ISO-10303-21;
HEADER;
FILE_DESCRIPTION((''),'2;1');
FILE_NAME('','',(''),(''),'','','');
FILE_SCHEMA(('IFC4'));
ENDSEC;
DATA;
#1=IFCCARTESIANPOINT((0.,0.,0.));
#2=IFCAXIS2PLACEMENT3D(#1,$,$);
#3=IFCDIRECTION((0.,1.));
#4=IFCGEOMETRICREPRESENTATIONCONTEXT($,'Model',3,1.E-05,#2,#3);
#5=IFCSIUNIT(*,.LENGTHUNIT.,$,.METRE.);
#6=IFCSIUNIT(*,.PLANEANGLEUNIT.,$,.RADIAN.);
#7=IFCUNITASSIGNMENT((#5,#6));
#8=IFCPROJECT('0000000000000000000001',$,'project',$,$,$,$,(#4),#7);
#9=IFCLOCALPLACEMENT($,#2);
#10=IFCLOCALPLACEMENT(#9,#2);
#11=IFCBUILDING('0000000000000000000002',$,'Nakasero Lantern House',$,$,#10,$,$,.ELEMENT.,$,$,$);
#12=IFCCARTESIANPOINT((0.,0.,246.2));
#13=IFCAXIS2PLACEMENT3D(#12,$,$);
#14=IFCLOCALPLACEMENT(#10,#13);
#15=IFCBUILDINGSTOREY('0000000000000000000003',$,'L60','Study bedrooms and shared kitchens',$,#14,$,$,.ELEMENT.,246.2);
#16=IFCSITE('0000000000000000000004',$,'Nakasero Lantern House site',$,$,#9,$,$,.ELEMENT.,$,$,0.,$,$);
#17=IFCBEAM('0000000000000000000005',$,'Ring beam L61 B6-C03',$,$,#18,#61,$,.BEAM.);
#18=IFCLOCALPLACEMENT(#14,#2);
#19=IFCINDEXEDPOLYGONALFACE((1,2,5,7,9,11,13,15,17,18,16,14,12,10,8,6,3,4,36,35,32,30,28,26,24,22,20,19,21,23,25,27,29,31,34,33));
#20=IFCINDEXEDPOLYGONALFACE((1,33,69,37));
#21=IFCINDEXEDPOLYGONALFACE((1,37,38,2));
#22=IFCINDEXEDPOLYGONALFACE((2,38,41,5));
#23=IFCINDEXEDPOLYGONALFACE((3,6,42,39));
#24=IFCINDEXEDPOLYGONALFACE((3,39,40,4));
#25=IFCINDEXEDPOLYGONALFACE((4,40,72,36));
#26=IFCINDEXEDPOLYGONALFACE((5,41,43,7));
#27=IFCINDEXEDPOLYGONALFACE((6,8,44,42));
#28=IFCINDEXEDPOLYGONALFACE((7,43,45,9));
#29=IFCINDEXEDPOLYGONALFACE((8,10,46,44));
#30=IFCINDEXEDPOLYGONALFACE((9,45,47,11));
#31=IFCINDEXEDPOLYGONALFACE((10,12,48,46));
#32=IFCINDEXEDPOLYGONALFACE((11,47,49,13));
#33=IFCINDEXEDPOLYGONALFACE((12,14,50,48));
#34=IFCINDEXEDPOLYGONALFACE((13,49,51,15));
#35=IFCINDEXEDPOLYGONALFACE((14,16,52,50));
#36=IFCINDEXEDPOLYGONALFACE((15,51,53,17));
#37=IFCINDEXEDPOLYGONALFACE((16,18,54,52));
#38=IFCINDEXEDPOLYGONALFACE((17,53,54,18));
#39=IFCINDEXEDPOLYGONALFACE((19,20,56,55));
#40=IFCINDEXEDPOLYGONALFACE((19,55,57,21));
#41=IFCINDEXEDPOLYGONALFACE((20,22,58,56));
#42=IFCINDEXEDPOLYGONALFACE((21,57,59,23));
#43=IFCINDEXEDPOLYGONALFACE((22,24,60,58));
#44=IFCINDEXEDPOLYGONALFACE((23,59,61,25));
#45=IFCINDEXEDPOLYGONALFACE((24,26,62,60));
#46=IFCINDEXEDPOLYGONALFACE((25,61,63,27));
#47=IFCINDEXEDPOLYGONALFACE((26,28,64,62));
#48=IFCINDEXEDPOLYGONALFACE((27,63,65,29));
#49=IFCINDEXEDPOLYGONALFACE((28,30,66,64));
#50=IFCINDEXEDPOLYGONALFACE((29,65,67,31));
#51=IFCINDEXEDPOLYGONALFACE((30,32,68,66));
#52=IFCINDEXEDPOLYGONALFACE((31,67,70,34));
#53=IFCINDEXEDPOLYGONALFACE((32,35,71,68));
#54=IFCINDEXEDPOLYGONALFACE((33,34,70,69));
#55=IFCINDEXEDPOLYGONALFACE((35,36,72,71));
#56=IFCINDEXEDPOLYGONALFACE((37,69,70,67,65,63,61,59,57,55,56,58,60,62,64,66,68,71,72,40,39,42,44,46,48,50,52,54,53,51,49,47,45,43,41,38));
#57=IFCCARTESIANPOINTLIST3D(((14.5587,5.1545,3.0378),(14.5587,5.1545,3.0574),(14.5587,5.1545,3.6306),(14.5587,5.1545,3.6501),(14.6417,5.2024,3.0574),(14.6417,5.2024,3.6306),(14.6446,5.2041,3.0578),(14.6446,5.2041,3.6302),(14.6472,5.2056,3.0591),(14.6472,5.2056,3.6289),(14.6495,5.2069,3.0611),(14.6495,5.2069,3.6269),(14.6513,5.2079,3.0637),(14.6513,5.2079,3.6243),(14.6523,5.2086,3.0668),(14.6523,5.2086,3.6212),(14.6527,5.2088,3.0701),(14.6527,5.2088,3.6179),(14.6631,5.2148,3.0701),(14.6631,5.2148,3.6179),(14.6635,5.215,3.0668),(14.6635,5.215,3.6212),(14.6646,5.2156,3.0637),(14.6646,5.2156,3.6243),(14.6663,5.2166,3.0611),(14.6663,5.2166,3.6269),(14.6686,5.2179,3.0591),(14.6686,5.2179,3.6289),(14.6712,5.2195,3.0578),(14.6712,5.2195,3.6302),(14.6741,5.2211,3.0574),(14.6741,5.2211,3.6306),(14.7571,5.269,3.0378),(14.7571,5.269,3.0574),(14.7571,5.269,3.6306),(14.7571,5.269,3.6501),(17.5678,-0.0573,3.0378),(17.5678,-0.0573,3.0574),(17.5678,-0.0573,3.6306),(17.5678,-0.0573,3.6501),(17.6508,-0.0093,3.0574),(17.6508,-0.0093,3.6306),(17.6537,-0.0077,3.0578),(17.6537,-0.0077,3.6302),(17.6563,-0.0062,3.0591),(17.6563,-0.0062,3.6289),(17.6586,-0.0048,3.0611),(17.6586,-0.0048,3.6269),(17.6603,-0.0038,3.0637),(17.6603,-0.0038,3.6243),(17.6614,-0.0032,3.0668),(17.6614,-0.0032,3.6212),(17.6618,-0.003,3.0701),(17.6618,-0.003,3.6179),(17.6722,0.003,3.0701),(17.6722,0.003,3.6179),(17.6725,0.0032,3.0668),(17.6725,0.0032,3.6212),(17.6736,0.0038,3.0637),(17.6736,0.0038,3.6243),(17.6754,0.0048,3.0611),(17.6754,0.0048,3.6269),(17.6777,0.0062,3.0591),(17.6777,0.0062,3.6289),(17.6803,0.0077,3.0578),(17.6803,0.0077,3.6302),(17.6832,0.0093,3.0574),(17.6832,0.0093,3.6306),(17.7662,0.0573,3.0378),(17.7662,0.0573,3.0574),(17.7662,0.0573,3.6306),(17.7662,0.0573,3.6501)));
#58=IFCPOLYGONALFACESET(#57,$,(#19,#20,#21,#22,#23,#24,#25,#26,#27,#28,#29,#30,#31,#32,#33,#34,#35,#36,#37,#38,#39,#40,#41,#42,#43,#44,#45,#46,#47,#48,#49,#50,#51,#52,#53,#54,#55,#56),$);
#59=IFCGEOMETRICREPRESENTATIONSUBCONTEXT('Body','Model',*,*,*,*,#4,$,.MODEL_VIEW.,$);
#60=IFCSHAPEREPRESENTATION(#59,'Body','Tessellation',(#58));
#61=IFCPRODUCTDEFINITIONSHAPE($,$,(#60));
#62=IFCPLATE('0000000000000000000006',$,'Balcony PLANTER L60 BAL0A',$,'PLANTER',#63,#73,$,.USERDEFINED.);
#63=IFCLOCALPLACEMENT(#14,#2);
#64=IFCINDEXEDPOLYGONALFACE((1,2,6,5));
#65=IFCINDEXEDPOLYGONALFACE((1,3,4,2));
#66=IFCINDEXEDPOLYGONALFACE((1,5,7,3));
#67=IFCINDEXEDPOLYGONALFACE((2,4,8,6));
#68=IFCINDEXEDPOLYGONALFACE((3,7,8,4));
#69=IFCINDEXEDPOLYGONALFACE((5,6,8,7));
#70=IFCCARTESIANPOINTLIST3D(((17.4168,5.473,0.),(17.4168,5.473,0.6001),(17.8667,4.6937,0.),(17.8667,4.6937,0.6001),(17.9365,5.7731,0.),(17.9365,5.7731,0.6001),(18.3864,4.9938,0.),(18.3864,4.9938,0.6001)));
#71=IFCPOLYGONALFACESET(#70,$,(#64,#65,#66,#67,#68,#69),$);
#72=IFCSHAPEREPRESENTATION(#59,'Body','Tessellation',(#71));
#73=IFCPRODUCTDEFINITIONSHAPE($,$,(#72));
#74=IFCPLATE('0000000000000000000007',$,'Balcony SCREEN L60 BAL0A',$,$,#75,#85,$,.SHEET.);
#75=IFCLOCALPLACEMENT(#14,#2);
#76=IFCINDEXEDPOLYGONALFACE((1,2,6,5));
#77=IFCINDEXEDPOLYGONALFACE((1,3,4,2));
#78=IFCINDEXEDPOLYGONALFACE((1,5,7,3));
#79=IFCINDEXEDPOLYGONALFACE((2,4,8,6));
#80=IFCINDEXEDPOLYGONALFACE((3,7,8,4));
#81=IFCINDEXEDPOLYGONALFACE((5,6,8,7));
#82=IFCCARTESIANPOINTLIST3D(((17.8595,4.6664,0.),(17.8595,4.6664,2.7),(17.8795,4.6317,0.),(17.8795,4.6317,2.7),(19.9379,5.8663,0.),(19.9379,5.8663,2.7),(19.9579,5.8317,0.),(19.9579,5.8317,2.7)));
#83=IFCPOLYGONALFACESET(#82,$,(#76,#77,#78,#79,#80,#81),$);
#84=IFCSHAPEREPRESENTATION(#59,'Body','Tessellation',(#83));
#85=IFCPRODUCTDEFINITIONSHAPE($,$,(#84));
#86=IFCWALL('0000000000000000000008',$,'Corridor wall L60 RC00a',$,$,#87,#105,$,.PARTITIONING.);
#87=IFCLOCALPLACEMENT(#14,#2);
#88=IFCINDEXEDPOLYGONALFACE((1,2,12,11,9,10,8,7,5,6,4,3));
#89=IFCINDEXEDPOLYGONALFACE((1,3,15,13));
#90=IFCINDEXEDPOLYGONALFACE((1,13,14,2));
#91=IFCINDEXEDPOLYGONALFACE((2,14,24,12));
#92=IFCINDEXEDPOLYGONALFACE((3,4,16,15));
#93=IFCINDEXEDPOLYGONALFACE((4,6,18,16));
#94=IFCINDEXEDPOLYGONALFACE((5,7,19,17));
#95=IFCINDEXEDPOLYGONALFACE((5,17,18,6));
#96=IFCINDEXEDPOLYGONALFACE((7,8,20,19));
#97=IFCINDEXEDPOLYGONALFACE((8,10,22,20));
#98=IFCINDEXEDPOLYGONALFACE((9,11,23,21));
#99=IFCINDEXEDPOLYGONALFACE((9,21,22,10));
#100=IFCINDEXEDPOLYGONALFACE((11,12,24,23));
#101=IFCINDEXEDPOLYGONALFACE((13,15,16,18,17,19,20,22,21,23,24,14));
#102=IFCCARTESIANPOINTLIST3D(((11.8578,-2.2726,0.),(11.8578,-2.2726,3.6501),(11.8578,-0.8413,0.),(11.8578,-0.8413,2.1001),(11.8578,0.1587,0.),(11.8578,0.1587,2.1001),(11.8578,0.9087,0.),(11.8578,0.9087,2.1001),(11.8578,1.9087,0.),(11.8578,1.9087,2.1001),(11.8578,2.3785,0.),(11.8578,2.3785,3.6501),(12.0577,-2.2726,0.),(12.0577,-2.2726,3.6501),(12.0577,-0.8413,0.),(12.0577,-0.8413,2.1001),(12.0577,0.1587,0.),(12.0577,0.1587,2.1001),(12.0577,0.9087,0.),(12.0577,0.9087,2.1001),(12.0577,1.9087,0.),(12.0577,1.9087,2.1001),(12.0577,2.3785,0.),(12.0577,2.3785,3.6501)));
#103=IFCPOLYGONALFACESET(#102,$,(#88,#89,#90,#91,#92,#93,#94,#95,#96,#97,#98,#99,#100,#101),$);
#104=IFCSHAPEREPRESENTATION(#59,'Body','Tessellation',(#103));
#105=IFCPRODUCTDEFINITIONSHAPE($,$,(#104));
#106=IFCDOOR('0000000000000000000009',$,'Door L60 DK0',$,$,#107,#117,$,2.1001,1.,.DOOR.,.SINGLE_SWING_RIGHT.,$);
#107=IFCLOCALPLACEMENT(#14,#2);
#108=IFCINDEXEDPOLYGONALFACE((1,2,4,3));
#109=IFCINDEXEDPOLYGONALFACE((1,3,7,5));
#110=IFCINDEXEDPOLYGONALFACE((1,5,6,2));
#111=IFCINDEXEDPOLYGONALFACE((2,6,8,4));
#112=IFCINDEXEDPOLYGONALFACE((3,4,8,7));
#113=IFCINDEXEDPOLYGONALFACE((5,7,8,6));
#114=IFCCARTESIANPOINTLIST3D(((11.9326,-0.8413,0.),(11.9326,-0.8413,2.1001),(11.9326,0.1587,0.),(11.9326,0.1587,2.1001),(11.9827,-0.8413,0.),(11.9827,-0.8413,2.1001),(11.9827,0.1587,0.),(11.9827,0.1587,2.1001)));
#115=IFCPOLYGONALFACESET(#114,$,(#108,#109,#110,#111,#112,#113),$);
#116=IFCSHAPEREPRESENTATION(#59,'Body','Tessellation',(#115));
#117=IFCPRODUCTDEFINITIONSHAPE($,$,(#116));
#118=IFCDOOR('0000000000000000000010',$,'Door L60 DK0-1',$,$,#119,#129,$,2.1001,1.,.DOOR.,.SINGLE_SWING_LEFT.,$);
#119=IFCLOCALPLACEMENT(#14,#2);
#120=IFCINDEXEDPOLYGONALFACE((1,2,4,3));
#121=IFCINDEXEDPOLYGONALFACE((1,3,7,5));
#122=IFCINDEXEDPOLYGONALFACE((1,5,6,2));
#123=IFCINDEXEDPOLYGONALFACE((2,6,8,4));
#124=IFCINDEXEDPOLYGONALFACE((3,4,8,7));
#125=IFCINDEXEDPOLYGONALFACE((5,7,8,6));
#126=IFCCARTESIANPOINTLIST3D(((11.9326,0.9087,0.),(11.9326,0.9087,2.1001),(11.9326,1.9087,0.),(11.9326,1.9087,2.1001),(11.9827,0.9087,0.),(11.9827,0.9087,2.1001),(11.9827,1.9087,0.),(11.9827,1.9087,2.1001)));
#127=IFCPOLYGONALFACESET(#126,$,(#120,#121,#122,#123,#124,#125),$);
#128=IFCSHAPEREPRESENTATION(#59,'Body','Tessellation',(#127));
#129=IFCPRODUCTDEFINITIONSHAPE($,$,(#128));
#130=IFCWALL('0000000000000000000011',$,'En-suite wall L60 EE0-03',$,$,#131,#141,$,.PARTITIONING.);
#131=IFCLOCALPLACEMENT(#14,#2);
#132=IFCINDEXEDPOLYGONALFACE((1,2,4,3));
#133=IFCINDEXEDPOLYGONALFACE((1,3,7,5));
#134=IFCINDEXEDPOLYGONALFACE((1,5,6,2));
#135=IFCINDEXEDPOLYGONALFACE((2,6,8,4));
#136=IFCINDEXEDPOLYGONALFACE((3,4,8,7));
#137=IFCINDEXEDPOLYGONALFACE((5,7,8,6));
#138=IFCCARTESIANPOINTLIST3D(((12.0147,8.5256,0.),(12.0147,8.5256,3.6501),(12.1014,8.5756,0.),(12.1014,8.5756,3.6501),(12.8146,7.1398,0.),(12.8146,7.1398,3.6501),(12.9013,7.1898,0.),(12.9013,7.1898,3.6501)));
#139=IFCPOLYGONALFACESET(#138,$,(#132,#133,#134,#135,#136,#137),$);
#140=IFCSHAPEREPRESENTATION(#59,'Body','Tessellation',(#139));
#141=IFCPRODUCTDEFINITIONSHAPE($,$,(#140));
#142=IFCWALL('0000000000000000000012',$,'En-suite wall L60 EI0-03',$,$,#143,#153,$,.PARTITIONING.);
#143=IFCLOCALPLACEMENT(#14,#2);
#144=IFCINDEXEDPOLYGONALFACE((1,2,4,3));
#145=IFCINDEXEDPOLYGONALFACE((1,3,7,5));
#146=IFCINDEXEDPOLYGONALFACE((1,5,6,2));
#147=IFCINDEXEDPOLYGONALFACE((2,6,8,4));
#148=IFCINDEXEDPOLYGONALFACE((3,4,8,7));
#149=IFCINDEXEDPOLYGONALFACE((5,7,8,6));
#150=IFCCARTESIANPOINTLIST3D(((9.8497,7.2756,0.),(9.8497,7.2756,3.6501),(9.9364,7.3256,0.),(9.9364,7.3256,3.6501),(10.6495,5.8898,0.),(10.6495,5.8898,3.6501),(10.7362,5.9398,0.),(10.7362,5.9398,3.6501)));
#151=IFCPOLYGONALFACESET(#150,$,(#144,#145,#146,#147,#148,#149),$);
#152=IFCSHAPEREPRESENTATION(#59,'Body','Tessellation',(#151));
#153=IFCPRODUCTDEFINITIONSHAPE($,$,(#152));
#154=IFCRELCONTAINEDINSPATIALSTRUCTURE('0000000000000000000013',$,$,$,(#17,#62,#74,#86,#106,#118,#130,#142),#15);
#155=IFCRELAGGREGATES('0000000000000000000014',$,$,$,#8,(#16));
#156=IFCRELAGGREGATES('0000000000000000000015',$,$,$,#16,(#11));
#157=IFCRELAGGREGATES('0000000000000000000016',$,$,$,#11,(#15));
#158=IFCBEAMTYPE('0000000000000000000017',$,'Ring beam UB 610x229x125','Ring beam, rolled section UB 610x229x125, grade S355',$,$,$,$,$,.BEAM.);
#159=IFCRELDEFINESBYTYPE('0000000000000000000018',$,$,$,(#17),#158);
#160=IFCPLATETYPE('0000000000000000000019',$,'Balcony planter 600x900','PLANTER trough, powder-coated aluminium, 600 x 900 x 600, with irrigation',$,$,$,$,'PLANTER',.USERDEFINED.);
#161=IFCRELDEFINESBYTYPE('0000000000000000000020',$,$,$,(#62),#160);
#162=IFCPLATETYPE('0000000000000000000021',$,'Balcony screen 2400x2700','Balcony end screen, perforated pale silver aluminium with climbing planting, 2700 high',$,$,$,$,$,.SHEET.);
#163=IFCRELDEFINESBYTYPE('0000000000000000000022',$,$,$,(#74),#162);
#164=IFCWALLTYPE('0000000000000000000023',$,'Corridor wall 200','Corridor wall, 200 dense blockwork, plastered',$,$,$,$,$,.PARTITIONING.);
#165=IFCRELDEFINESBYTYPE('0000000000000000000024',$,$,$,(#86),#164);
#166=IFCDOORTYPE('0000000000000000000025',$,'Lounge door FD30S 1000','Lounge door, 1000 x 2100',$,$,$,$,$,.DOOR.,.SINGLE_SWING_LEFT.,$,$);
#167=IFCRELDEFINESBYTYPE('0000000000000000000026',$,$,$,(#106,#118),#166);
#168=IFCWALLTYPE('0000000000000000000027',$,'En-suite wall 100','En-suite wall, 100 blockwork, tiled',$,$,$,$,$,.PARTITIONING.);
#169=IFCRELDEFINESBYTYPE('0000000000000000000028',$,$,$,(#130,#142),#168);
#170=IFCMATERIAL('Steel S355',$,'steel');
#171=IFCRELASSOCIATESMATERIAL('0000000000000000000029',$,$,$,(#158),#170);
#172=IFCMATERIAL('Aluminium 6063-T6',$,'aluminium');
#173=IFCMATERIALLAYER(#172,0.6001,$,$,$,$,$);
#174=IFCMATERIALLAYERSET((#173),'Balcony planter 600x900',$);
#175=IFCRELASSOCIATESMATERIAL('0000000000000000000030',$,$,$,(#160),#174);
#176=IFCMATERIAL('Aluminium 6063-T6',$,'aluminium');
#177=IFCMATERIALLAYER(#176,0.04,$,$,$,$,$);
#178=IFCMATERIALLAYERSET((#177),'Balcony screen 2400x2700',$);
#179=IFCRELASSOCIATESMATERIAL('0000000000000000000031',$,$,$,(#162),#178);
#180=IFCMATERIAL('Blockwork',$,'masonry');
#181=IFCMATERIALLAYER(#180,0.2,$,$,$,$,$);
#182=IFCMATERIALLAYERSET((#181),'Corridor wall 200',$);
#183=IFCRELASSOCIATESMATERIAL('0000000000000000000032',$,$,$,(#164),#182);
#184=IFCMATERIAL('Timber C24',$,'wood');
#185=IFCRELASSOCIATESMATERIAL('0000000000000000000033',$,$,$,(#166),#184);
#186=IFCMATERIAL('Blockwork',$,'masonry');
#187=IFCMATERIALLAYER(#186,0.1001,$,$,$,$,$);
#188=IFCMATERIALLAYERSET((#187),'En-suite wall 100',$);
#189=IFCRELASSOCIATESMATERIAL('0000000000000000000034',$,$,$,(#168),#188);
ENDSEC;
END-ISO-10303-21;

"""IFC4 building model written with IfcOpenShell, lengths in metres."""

from ifc_helpers import new_model, si_unit, direction, frame, frame_2d, origin, origin_2d, place, context, subcontext, project, spatial, rectangle, i_section, extrude, material, layer, layer_set, material_profile, profile_set, type_object, element, fill, save


model = new_model("IFC4")

# Units and contexts
model_context = context("Model", 3, precision=1e-05, world=origin(), true_north=direction((0.0, 1.0)))
body_context = subcontext(model_context, "Body", "Model", "MODEL_VIEW")
ifc_project = project(units=[si_unit("LENGTHUNIT", "METRE"), si_unit("PLANEANGLEUNIT", "RADIAN")], contexts=[model_context])

# Site, building, storey
site_placement = place(None, origin())
site = spatial("IfcSite", under=ifc_project, at=site_placement, Name="Nakasero Lantern House site", CompositionType="ELEMENT", RefElevation=0.0)
building_placement = place(site_placement, origin())
building = spatial("IfcBuilding", under=site, at=building_placement, Name="Nakasero Lantern House", CompositionType="ELEMENT")
storey_placement = place(building_placement, frame((0.0, 0.0, 246.2)))
storey = spatial("IfcBuildingStorey", under=building, at=storey_placement, Name="L60", Description="Study bedrooms and shared kitchens", CompositionType="ELEMENT", Elevation=246.2)

# Beam
ifc_material_1 = material(Name="Steel S355", Category="steel")
ifc_material_profile_1 = material_profile(ifc_material_1, i_section(OverallWidth=0.229, OverallDepth=0.6123, WebThickness=0.012, FlangeThickness=0.0195, FilletRadius=0.0127, at=origin_2d()), Name="UB 610x229x125")
ifc_profile_set_1 = profile_set([ifc_material_profile_1], Name="Steel S355")
beam_type_1 = type_object("IfcBeamType", Name="Ring beam UB 610x229x125", Description="Ring beam, rolled section UB 610x229x125, grade S355", PredefinedType="BEAM", material=ifc_profile_set_1)
beam_1_placement = place(storey_placement, frame((17.667, 0.0, 3.344), z_axis=(-0.500009, 0.86602, 0.0), x_axis=(-0.86602, -0.500009, 0.0)))
element("IfcBeam", 1, at=beam_1_placement, inside=storey, type_object=beam_type_1, Name="Ring beam L61 B6-C03", PredefinedType="BEAM", context=body_context, shape_type="SweptSolid", body=[
    extrude(i_section(OverallWidth=0.229, OverallDepth=0.6123, WebThickness=0.012, FlangeThickness=0.0195, FilletRadius=0.0127, at=origin_2d()), origin(), (0.0, 0.0, 1.0), 6.0181),
])

# Plates
ifc_material_2 = material(Name="Aluminium 6063-T6", Category="aluminium")
ifc_layer_1 = layer(ifc_material_2, 0.6001)
ifc_layer_set_1 = layer_set([ifc_layer_1], Name="Balcony planter 600x900")
plate_type_1 = type_object("IfcPlateType", Name="Balcony planter 600x900", Description="PLANTER trough, powder-coated aluminium, 600 x 900 x 600, with irrigation", ElementType="PLANTER", PredefinedType="USERDEFINED", material=ifc_layer_set_1)
plate_1_placement = place(storey_placement, frame((17.9016, 5.2334, 0.0), z_axis=(0.0, 0.0, 1.0), x_axis=(0.866025, 0.5, 0.0)))
element("IfcPlate", 2, at=plate_1_placement, inside=storey, type_object=plate_type_1, Name="Balcony PLANTER L60 BAL0A", ObjectType="PLANTER", PredefinedType="USERDEFINED", context=body_context, shape_type="SweptSolid", body=[
    extrude(rectangle(XDim=0.6001, YDim=0.8999, at=origin_2d()), origin(), (0.0, 0.0, 1.0), 0.6001),
])
ifc_material_3 = material(Name="Aluminium 6063-T6", Category="aluminium")
ifc_layer_2 = layer(ifc_material_3, 0.04)
ifc_layer_set_2 = layer_set([ifc_layer_2], Name="Balcony screen 2400x2700")
plate_type_2 = type_object("IfcPlateType", Name="Balcony screen 2400x2700", Description="Balcony end screen, perforated pale silver aluminium with climbing planting, 2700 high", PredefinedType="SHEET", material=ifc_layer_set_2)
plate_2_placement = place(storey_placement, frame((18.9087, 5.249, 0.0), z_axis=(0.0, 0.0, 1.0), x_axis=(0.866025, 0.5, 0.0)))
element("IfcPlate", 3, at=plate_2_placement, inside=storey, type_object=plate_type_2, Name="Balcony SCREEN L60 BAL0A", PredefinedType="SHEET", context=body_context, shape_type="SweptSolid", body=[
    extrude(rectangle(XDim=2.3999, YDim=0.04, at=origin_2d()), origin(), (0.0, 0.0, 1.0), 2.7),
])

# Wall, openings, doors
ifc_material_4 = material(Name="Blockwork", Category="masonry")
ifc_layer_3 = layer(ifc_material_4, 0.2)
ifc_layer_set_3 = layer_set([ifc_layer_3], Name="Corridor wall 200")
wall_type_1 = type_object("IfcWallType", Name="Corridor wall 200", Description="Corridor wall, 200 dense blockwork, plastered", PredefinedType="PARTITIONING", material=ifc_layer_set_3)
wall_1_placement = place(storey_placement, frame((11.9578, 2.3787, 0.0), z_axis=(0.0, 0.0, 1.0), x_axis=(0.0, -1.0, 0.0)))
wall_1 = element("IfcWall", 4, at=wall_1_placement, inside=storey, type_object=wall_type_1, Name="Corridor wall L60 RC00a", PredefinedType="PARTITIONING", context=body_context, shape_type="SweptSolid", body=[
    extrude(rectangle(XDim=4.6511, YDim=0.2, at=frame_2d((2.3257, 0.0))), origin(), (0.0, 0.0, 1.0), 3.6501),
])
opening_1_placement = place(wall_1_placement, frame((2.22, 0.0, 0.0)))
opening_1 = element("IfcOpeningElement", 5, at=opening_1_placement, cuts=wall_1, PredefinedType="OPENING", context=body_context, shape_type="SweptSolid", body=[
    extrude(rectangle(XDim=1.0, YDim=2.1001, at=frame_2d((0.5, 1.05))), frame((0.0, 0.1199, 0.0), z_axis=(0.0, -1.0, 0.0), x_axis=(1.0, 0.0, 0.0)), (0.0, 0.0, 1.0), 0.24),
])
opening_2_placement = place(wall_1_placement, frame((0.47, 0.0, 0.0)))
opening_2 = element("IfcOpeningElement", 6, at=opening_2_placement, cuts=wall_1, PredefinedType="OPENING", context=body_context, shape_type="SweptSolid", body=[
    extrude(rectangle(XDim=1.0, YDim=2.1001, at=frame_2d((0.5, 1.05))), frame((0.0, 0.1199, 0.0), z_axis=(0.0, -1.0, 0.0), x_axis=(1.0, 0.0, 0.0)), (0.0, 0.0, 1.0), 0.24),
])
ifc_material_5 = material(Name="Timber C24", Category="wood")
door_type_1 = type_object("IfcDoorType", Name="Lounge door FD30S 1000", Description="Lounge door, 1000 x 2100", OperationType="SINGLE_SWING_LEFT", PredefinedType="DOOR", material=ifc_material_5)
door_1_placement = place(opening_1_placement, origin())
door_1 = element("IfcDoor", 7, at=door_1_placement, inside=storey, type_object=door_type_1, Name="Door L60 DK0", OperationType="SINGLE_SWING_RIGHT", OverallHeight=2.1001, OverallWidth=1.0, PredefinedType="DOOR", context=body_context, shape_type="SweptSolid", body=[
    extrude(rectangle(XDim=1.0, YDim=2.1001, at=frame_2d((0.5, 1.05))), frame((0.0, 0.0249, 0.0), z_axis=(0.0, -1.0, 0.0), x_axis=(1.0, 0.0, 0.0)), (0.0, 0.0, 1.0), 0.05),
])
fill(opening_1, door_1)
door_2_placement = place(opening_2_placement, origin())
door_2 = element("IfcDoor", 8, at=door_2_placement, inside=storey, type_object=door_type_1, Name="Door L60 DK0-1", OperationType="SINGLE_SWING_LEFT", OverallHeight=2.1001, OverallWidth=1.0, PredefinedType="DOOR", context=body_context, shape_type="SweptSolid", body=[
    extrude(rectangle(XDim=1.0, YDim=2.1001, at=frame_2d((0.5, 1.05))), frame((0.0, 0.0249, 0.0), z_axis=(0.0, -1.0, 0.0), x_axis=(1.0, 0.0, 0.0)), (0.0, 0.0, 1.0), 0.05),
])
fill(opening_2, door_2)

# Walls
ifc_material_6 = material(Name="Blockwork", Category="masonry")
ifc_layer_4 = layer(ifc_material_6, 0.1001)
ifc_layer_set_4 = layer_set([ifc_layer_4], Name="En-suite wall 100")
wall_type_2 = type_object("IfcWallType", Name="En-suite wall 100", Description="En-suite wall, 100 blockwork, tiled", PredefinedType="PARTITIONING", material=ifc_layer_set_4)
for number, where, z_axis, x_axis, name in (
    (9, (12.8579, 7.1648, 0.0), (0.0, 0.0, 1.0), (-0.499881, 0.866094, 0.0), "En-suite wall L60 EE0-03"),
    (10, (10.6929, 5.9148, 0.0), (0.0, 0.0, 1.0), (-0.499881, 0.866094, 0.0), "En-suite wall L60 EI0-03"),
):
    element("IfcWall", number, at=place(storey_placement, frame(where, z_axis=z_axis, x_axis=x_axis)), inside=storey, type_object=wall_type_2, Name=name, PredefinedType="PARTITIONING", context=body_context, shape_type="SweptSolid", body=[
        extrude(rectangle(XDim=1.6001, YDim=0.1001, at=frame_2d((0.8, 0.0))), origin(), (0.0, 0.0, 1.0), 3.6501),
    ])

save(model, "model.ifc")
